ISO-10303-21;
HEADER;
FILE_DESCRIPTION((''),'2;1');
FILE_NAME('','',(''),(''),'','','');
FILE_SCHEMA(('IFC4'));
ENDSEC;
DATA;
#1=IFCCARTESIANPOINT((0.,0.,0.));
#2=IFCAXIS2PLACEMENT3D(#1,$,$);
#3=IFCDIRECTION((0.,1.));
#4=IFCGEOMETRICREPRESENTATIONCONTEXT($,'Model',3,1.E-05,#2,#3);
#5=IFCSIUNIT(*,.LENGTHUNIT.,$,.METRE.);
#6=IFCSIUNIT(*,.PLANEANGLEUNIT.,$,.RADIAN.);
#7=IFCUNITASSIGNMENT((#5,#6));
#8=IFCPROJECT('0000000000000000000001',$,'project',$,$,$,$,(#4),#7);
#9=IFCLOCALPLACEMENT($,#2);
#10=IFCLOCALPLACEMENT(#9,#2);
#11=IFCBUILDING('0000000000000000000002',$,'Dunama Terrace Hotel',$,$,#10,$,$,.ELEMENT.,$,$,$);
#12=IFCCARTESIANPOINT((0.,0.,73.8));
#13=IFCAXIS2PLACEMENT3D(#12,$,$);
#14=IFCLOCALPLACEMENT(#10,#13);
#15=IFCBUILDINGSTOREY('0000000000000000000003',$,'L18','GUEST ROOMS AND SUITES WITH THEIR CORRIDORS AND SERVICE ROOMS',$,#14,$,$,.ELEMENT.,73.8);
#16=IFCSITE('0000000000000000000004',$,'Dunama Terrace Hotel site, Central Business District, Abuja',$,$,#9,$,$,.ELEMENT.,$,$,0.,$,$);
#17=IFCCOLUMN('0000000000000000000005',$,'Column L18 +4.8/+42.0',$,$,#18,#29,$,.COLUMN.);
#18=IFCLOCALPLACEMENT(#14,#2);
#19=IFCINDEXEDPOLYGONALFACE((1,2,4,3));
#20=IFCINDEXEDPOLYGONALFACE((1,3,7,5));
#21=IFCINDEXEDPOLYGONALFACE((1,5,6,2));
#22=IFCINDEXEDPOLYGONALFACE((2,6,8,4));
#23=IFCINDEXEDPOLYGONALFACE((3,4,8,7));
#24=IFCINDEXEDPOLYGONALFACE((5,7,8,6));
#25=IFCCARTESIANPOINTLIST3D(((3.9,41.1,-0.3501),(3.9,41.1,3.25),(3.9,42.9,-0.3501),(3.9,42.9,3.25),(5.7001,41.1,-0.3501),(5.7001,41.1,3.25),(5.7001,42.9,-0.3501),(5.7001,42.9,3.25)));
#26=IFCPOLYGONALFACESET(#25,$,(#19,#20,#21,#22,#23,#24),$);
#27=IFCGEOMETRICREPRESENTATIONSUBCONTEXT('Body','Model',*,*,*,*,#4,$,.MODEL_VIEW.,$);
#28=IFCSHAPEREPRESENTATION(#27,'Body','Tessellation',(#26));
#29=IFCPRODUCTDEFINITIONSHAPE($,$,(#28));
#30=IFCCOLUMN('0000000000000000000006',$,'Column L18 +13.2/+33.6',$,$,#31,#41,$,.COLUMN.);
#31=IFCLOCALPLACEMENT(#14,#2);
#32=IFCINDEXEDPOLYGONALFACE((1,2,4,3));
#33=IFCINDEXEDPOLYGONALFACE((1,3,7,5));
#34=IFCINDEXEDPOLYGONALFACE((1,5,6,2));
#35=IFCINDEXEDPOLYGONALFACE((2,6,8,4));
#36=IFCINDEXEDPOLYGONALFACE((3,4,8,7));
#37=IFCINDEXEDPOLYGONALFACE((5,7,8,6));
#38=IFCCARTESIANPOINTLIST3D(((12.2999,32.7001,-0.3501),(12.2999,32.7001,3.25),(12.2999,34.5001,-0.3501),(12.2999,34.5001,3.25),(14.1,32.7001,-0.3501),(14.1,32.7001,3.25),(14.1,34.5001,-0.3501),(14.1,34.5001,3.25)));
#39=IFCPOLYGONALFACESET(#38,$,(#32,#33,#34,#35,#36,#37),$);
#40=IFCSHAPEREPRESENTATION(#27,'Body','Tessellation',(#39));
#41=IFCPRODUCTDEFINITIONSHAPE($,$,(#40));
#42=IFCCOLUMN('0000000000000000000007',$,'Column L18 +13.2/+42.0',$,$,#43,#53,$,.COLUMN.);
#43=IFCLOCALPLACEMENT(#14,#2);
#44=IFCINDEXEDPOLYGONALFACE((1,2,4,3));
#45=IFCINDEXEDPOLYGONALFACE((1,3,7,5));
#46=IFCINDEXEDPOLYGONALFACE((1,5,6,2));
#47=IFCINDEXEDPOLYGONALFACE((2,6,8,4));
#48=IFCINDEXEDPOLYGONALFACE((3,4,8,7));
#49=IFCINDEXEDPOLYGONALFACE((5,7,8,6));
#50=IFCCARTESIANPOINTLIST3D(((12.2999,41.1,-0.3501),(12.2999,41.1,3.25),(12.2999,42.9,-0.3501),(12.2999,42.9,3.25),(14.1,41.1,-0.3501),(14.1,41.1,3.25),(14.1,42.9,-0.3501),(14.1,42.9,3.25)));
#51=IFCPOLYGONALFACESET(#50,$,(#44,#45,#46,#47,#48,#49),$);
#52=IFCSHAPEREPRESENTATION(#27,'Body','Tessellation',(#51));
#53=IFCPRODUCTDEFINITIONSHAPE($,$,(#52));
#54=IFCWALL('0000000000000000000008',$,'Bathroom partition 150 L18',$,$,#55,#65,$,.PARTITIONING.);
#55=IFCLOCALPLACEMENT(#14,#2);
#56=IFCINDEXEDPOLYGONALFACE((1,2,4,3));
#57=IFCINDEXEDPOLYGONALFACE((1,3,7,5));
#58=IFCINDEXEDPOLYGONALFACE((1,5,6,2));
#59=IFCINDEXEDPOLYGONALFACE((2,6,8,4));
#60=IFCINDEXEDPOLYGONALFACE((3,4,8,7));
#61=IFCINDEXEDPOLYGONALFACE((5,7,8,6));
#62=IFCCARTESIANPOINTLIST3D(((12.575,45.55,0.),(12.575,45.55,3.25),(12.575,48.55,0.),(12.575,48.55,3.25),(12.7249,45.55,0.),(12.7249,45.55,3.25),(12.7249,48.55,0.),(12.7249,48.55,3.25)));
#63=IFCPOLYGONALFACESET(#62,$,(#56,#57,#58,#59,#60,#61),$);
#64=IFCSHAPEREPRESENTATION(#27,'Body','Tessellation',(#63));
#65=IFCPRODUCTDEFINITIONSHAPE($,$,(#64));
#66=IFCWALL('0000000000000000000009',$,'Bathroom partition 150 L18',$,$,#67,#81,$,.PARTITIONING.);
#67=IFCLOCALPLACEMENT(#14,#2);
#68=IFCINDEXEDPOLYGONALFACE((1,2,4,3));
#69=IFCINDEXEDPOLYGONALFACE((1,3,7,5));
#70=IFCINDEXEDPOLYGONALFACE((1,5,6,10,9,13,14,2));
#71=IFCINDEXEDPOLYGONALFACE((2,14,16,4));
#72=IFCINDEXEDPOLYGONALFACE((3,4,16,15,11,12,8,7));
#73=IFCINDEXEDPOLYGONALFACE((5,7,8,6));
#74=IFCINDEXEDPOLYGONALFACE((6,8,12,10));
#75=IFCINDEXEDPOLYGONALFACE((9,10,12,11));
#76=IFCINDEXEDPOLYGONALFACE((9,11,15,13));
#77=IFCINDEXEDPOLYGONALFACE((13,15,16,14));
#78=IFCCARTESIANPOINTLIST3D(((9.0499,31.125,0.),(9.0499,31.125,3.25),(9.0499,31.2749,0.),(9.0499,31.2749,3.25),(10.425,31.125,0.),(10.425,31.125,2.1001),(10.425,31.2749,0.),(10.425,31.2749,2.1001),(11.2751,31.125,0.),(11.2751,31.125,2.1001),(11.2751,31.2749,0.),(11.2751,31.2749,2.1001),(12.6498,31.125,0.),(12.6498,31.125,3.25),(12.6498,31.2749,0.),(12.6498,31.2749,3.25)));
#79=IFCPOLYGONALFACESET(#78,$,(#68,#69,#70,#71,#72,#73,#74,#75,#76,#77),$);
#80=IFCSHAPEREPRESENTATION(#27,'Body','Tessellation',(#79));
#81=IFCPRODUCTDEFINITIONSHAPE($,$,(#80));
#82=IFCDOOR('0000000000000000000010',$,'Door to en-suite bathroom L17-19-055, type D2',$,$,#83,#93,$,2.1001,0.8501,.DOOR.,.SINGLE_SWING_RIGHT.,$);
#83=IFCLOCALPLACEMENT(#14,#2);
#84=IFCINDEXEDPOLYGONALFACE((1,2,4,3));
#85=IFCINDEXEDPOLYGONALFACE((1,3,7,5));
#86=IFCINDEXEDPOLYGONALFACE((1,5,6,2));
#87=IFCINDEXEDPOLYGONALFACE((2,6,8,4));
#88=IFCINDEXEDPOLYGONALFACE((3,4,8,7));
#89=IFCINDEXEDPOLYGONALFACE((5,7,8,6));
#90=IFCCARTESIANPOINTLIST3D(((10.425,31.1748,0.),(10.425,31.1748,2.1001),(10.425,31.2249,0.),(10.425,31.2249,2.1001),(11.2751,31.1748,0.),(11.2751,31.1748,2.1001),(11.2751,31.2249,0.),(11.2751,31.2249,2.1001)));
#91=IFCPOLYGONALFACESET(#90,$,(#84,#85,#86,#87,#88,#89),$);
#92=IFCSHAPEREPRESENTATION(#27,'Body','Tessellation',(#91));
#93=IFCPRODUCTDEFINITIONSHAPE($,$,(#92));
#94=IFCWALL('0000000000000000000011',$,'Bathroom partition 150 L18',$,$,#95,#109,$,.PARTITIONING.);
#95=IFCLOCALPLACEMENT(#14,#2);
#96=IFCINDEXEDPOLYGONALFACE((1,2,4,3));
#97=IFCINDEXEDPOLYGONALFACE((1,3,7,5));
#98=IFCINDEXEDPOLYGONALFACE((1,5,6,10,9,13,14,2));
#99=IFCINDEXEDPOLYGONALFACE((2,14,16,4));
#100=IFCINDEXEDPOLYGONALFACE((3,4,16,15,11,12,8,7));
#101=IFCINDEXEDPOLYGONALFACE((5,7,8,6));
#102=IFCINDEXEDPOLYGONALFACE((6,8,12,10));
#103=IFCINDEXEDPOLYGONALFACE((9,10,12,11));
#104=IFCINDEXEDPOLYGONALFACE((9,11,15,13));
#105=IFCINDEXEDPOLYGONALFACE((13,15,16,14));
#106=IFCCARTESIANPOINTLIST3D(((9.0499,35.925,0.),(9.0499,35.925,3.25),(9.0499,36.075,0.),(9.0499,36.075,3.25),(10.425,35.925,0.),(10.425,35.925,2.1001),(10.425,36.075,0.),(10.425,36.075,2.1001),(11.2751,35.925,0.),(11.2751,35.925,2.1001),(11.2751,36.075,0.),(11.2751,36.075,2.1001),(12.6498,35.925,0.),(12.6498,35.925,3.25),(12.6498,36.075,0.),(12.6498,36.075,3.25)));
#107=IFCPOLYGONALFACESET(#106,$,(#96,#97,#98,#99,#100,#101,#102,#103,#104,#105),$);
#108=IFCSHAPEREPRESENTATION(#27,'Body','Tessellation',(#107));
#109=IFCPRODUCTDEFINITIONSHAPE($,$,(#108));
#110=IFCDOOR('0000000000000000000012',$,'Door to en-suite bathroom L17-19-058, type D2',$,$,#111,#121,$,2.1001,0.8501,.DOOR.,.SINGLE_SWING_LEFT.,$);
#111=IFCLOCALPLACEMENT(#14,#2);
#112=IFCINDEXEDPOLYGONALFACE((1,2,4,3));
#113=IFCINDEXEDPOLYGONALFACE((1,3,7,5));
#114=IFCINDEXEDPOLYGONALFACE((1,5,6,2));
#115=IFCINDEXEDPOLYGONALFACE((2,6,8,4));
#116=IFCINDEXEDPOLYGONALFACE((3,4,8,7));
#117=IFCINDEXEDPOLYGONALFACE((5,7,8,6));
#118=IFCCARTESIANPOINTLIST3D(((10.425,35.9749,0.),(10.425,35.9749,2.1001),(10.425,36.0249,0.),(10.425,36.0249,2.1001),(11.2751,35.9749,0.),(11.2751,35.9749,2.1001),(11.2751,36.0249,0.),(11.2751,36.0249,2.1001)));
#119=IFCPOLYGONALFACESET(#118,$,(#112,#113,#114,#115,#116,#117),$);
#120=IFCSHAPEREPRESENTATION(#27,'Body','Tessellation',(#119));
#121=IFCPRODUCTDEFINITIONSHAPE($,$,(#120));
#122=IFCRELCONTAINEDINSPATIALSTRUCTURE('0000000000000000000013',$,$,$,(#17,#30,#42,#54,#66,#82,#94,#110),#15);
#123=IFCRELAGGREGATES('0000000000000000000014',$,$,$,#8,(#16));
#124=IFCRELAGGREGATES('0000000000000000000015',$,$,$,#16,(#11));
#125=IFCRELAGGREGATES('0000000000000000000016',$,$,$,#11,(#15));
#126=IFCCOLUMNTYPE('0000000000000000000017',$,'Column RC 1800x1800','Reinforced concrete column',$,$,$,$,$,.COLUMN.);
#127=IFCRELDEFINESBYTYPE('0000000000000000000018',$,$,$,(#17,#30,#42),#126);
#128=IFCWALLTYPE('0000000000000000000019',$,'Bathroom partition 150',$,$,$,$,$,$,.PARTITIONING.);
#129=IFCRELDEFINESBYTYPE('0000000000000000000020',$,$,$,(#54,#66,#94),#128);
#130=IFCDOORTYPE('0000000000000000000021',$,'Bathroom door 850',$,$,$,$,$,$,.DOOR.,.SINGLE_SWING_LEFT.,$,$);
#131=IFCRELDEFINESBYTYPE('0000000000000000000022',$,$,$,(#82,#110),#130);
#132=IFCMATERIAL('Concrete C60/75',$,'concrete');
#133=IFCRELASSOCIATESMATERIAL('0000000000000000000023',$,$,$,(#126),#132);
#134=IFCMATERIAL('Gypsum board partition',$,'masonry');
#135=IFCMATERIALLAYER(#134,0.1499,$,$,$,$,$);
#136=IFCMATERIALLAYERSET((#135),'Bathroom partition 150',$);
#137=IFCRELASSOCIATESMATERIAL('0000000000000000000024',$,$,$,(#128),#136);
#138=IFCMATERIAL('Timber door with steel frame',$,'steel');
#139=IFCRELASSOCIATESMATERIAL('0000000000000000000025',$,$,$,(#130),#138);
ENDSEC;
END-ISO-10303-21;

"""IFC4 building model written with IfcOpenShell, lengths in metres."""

from ifc_helpers import new_model, si_unit, direction, frame, frame_2d, origin, origin_2d, place, context, subcontext, project, spatial, rectangle, extrude, material, layer, layer_set, material_profile, profile_set, type_object, element, fill, save


model = new_model("IFC4")

# Units and contexts
model_context = context("Model", 3, precision=1e-05, world=origin(), true_north=direction((0.0, 1.0)))
body_context = subcontext(model_context, "Body", "Model", "MODEL_VIEW")
ifc_project = project(units=[si_unit("LENGTHUNIT", "METRE"), si_unit("PLANEANGLEUNIT", "RADIAN")], contexts=[model_context])

# Site, building, storey
site_placement = place(None, origin())
site = spatial("IfcSite", under=ifc_project, at=site_placement, Name="Dunama Terrace Hotel site, Central Business District, Abuja", CompositionType="ELEMENT", RefElevation=0.0)
building_placement = place(site_placement, origin())
building = spatial("IfcBuilding", under=site, at=building_placement, Name="Dunama Terrace Hotel", CompositionType="ELEMENT")
storey_placement = place(building_placement, frame((0.0, 0.0, 73.8)))
storey = spatial("IfcBuildingStorey", under=building, at=storey_placement, Name="L18", Description="GUEST ROOMS AND SUITES WITH THEIR CORRIDORS AND SERVICE ROOMS", CompositionType="ELEMENT", Elevation=73.8)

# Columns
ifc_material_1 = material(Name="Concrete C60/75", Category="concrete")
ifc_material_profile = material_profile(ifc_material_1, rectangle(XDim=1.8, YDim=1.8, at=origin_2d()), Name="RC 1800x1800")
ifc_profile_set = profile_set([ifc_material_profile], Name="Concrete C60/75")
column_type = type_object("IfcColumnType", Name="Column RC 1800x1800", Description="Reinforced concrete column", PredefinedType="COLUMN", material=ifc_profile_set)
for number, where, z_axis, x_axis, name in (
    (1, (4.8, 42.0, -0.3501), (0.0, 0.0, 1.0), (1.0, 0.0, 0.0), "Column L18 +4.8/+42.0"),
    (2, (13.2, 33.6001, -0.3501), (0.0, 0.0, 1.0), (1.0, 0.0, 0.0), "Column L18 +13.2/+33.6"),
    (3, (13.2, 42.0, -0.3501), (0.0, 0.0, 1.0), (1.0, 0.0, 0.0), "Column L18 +13.2/+42.0"),
):
    element("IfcColumn", number, at=place(storey_placement, frame(where, z_axis=z_axis, x_axis=x_axis)), inside=storey, type_object=column_type, Name=name, PredefinedType="COLUMN", context=body_context, shape_type="SweptSolid", body=[
        extrude(rectangle(XDim=1.8, YDim=1.8, at=origin_2d()), origin(), (0.0, 0.0, 1.0), 3.6001),
    ])

# Wall
ifc_material_2 = material(Name="Gypsum board partition", Category="masonry")
ifc_layer_1 = layer(ifc_material_2, 0.1499)
ifc_layer_set_1 = layer_set([ifc_layer_1], Name="Bathroom partition 150")
wall_type_1 = type_object("IfcWallType", Name="Bathroom partition 150", PredefinedType="PARTITIONING", material=ifc_layer_set_1)
wall_1_placement = place(storey_placement, frame((12.6499, 45.55, 0.0), z_axis=(0.0, 0.0, 1.0), x_axis=(0.0, 1.0, 0.0)))
element("IfcWall", 4, at=wall_1_placement, inside=storey, type_object=wall_type_1, Name="Bathroom partition 150 L18", PredefinedType="PARTITIONING", context=body_context, shape_type="SweptSolid", body=[
    extrude(rectangle(XDim=3.0, YDim=0.1499, at=frame_2d((1.5, 0.0))), origin(), (0.0, 0.0, 1.0), 3.25),
])

# Walls, openings, doors
wall_2_placement = place(storey_placement, frame((9.05, 31.2, 0.0), z_axis=(0.0, 0.0, 1.0), x_axis=(1.0, 0.0, 0.0)))
wall_2 = element("IfcWall", 5, at=wall_2_placement, inside=storey, type_object=wall_type_1, Name="Bathroom partition 150 L18", PredefinedType="PARTITIONING", context=body_context, shape_type="SweptSolid", body=[
    extrude(rectangle(XDim=3.5999, YDim=0.1499, at=frame_2d((1.7998, 0.0))), origin(), (0.0, 0.0, 1.0), 3.25),
])
opening_1_placement = place(wall_2_placement, frame((1.375, 0.0, 0.0)))
opening_1 = element("IfcOpeningElement", 6, at=opening_1_placement, cuts=wall_2, PredefinedType="OPENING", context=body_context, shape_type="SweptSolid", body=[
    extrude(rectangle(XDim=0.8501, YDim=2.1001, at=frame_2d((0.425, 1.05))), frame((0.0, 0.085, 0.0), z_axis=(0.0, -1.0, 0.0), x_axis=(1.0, 0.0, 0.0)), (0.0, 0.0, 1.0), 0.1699),
])
ifc_material_3 = material(Name="Timber door with steel frame", Category="steel")
door_type_1 = type_object("IfcDoorType", Name="Bathroom door 850", OperationType="SINGLE_SWING_LEFT", PredefinedType="DOOR", material=ifc_material_3)
door_1_placement = place(opening_1_placement, origin())
door_1 = element("IfcDoor", 7, at=door_1_placement, inside=storey, type_object=door_type_1, Name="Door to en-suite bathroom L17-19-055, type D2", OperationType="SINGLE_SWING_RIGHT", OverallHeight=2.1001, OverallWidth=0.8501, PredefinedType="DOOR", context=body_context, shape_type="SweptSolid", body=[
    extrude(rectangle(XDim=0.8501, YDim=2.1001, at=frame_2d((0.425, 1.05))), frame((0.0, 0.0249, 0.0), z_axis=(0.0, -1.0, 0.0), x_axis=(1.0, 0.0, 0.0)), (0.0, 0.0, 1.0), 0.05),
])
fill(opening_1, door_1)
wall_3_placement = place(storey_placement, frame((9.05, 36.0, 0.0), z_axis=(0.0, 0.0, 1.0), x_axis=(1.0, 0.0, 0.0)))
wall_3 = element("IfcWall", 8, at=wall_3_placement, inside=storey, type_object=wall_type_1, Name="Bathroom partition 150 L18", PredefinedType="PARTITIONING", context=body_context, shape_type="SweptSolid", body=[
    extrude(rectangle(XDim=3.5999, YDim=0.1499, at=frame_2d((1.7998, 0.0))), origin(), (0.0, 0.0, 1.0), 3.25),
])
opening_2_placement = place(wall_3_placement, frame((1.375, 0.0, 0.0)))
opening_2 = element("IfcOpeningElement", 9, at=opening_2_placement, cuts=wall_3, PredefinedType="OPENING", context=body_context, shape_type="SweptSolid", body=[
    extrude(rectangle(XDim=0.8501, YDim=2.1001, at=frame_2d((0.425, 1.05))), frame((0.0, 0.085, 0.0), z_axis=(0.0, -1.0, 0.0), x_axis=(1.0, 0.0, 0.0)), (0.0, 0.0, 1.0), 0.1699),
])
door_2_placement = place(opening_2_placement, frame((0.8501, 0.0, 0.0), z_axis=(0.0, 0.0, 1.0), x_axis=(-1.0, 0.0, 0.0)))
door_2 = element("IfcDoor", 10, at=door_2_placement, inside=storey, type_object=door_type_1, Name="Door to en-suite bathroom L17-19-058, type D2", OperationType="SINGLE_SWING_LEFT", OverallHeight=2.1001, OverallWidth=0.8501, PredefinedType="DOOR", context=body_context, shape_type="SweptSolid", body=[
    extrude(rectangle(XDim=0.8501, YDim=2.1001, at=frame_2d((0.425, 1.05))), frame((0.0, 0.0251, 0.0), z_axis=(0.0, -1.0, 0.0), x_axis=(1.0, 0.0, 0.0)), (0.0, 0.0, 1.0), 0.05),
])
fill(opening_2, door_2)

save(model, "model.ifc")
